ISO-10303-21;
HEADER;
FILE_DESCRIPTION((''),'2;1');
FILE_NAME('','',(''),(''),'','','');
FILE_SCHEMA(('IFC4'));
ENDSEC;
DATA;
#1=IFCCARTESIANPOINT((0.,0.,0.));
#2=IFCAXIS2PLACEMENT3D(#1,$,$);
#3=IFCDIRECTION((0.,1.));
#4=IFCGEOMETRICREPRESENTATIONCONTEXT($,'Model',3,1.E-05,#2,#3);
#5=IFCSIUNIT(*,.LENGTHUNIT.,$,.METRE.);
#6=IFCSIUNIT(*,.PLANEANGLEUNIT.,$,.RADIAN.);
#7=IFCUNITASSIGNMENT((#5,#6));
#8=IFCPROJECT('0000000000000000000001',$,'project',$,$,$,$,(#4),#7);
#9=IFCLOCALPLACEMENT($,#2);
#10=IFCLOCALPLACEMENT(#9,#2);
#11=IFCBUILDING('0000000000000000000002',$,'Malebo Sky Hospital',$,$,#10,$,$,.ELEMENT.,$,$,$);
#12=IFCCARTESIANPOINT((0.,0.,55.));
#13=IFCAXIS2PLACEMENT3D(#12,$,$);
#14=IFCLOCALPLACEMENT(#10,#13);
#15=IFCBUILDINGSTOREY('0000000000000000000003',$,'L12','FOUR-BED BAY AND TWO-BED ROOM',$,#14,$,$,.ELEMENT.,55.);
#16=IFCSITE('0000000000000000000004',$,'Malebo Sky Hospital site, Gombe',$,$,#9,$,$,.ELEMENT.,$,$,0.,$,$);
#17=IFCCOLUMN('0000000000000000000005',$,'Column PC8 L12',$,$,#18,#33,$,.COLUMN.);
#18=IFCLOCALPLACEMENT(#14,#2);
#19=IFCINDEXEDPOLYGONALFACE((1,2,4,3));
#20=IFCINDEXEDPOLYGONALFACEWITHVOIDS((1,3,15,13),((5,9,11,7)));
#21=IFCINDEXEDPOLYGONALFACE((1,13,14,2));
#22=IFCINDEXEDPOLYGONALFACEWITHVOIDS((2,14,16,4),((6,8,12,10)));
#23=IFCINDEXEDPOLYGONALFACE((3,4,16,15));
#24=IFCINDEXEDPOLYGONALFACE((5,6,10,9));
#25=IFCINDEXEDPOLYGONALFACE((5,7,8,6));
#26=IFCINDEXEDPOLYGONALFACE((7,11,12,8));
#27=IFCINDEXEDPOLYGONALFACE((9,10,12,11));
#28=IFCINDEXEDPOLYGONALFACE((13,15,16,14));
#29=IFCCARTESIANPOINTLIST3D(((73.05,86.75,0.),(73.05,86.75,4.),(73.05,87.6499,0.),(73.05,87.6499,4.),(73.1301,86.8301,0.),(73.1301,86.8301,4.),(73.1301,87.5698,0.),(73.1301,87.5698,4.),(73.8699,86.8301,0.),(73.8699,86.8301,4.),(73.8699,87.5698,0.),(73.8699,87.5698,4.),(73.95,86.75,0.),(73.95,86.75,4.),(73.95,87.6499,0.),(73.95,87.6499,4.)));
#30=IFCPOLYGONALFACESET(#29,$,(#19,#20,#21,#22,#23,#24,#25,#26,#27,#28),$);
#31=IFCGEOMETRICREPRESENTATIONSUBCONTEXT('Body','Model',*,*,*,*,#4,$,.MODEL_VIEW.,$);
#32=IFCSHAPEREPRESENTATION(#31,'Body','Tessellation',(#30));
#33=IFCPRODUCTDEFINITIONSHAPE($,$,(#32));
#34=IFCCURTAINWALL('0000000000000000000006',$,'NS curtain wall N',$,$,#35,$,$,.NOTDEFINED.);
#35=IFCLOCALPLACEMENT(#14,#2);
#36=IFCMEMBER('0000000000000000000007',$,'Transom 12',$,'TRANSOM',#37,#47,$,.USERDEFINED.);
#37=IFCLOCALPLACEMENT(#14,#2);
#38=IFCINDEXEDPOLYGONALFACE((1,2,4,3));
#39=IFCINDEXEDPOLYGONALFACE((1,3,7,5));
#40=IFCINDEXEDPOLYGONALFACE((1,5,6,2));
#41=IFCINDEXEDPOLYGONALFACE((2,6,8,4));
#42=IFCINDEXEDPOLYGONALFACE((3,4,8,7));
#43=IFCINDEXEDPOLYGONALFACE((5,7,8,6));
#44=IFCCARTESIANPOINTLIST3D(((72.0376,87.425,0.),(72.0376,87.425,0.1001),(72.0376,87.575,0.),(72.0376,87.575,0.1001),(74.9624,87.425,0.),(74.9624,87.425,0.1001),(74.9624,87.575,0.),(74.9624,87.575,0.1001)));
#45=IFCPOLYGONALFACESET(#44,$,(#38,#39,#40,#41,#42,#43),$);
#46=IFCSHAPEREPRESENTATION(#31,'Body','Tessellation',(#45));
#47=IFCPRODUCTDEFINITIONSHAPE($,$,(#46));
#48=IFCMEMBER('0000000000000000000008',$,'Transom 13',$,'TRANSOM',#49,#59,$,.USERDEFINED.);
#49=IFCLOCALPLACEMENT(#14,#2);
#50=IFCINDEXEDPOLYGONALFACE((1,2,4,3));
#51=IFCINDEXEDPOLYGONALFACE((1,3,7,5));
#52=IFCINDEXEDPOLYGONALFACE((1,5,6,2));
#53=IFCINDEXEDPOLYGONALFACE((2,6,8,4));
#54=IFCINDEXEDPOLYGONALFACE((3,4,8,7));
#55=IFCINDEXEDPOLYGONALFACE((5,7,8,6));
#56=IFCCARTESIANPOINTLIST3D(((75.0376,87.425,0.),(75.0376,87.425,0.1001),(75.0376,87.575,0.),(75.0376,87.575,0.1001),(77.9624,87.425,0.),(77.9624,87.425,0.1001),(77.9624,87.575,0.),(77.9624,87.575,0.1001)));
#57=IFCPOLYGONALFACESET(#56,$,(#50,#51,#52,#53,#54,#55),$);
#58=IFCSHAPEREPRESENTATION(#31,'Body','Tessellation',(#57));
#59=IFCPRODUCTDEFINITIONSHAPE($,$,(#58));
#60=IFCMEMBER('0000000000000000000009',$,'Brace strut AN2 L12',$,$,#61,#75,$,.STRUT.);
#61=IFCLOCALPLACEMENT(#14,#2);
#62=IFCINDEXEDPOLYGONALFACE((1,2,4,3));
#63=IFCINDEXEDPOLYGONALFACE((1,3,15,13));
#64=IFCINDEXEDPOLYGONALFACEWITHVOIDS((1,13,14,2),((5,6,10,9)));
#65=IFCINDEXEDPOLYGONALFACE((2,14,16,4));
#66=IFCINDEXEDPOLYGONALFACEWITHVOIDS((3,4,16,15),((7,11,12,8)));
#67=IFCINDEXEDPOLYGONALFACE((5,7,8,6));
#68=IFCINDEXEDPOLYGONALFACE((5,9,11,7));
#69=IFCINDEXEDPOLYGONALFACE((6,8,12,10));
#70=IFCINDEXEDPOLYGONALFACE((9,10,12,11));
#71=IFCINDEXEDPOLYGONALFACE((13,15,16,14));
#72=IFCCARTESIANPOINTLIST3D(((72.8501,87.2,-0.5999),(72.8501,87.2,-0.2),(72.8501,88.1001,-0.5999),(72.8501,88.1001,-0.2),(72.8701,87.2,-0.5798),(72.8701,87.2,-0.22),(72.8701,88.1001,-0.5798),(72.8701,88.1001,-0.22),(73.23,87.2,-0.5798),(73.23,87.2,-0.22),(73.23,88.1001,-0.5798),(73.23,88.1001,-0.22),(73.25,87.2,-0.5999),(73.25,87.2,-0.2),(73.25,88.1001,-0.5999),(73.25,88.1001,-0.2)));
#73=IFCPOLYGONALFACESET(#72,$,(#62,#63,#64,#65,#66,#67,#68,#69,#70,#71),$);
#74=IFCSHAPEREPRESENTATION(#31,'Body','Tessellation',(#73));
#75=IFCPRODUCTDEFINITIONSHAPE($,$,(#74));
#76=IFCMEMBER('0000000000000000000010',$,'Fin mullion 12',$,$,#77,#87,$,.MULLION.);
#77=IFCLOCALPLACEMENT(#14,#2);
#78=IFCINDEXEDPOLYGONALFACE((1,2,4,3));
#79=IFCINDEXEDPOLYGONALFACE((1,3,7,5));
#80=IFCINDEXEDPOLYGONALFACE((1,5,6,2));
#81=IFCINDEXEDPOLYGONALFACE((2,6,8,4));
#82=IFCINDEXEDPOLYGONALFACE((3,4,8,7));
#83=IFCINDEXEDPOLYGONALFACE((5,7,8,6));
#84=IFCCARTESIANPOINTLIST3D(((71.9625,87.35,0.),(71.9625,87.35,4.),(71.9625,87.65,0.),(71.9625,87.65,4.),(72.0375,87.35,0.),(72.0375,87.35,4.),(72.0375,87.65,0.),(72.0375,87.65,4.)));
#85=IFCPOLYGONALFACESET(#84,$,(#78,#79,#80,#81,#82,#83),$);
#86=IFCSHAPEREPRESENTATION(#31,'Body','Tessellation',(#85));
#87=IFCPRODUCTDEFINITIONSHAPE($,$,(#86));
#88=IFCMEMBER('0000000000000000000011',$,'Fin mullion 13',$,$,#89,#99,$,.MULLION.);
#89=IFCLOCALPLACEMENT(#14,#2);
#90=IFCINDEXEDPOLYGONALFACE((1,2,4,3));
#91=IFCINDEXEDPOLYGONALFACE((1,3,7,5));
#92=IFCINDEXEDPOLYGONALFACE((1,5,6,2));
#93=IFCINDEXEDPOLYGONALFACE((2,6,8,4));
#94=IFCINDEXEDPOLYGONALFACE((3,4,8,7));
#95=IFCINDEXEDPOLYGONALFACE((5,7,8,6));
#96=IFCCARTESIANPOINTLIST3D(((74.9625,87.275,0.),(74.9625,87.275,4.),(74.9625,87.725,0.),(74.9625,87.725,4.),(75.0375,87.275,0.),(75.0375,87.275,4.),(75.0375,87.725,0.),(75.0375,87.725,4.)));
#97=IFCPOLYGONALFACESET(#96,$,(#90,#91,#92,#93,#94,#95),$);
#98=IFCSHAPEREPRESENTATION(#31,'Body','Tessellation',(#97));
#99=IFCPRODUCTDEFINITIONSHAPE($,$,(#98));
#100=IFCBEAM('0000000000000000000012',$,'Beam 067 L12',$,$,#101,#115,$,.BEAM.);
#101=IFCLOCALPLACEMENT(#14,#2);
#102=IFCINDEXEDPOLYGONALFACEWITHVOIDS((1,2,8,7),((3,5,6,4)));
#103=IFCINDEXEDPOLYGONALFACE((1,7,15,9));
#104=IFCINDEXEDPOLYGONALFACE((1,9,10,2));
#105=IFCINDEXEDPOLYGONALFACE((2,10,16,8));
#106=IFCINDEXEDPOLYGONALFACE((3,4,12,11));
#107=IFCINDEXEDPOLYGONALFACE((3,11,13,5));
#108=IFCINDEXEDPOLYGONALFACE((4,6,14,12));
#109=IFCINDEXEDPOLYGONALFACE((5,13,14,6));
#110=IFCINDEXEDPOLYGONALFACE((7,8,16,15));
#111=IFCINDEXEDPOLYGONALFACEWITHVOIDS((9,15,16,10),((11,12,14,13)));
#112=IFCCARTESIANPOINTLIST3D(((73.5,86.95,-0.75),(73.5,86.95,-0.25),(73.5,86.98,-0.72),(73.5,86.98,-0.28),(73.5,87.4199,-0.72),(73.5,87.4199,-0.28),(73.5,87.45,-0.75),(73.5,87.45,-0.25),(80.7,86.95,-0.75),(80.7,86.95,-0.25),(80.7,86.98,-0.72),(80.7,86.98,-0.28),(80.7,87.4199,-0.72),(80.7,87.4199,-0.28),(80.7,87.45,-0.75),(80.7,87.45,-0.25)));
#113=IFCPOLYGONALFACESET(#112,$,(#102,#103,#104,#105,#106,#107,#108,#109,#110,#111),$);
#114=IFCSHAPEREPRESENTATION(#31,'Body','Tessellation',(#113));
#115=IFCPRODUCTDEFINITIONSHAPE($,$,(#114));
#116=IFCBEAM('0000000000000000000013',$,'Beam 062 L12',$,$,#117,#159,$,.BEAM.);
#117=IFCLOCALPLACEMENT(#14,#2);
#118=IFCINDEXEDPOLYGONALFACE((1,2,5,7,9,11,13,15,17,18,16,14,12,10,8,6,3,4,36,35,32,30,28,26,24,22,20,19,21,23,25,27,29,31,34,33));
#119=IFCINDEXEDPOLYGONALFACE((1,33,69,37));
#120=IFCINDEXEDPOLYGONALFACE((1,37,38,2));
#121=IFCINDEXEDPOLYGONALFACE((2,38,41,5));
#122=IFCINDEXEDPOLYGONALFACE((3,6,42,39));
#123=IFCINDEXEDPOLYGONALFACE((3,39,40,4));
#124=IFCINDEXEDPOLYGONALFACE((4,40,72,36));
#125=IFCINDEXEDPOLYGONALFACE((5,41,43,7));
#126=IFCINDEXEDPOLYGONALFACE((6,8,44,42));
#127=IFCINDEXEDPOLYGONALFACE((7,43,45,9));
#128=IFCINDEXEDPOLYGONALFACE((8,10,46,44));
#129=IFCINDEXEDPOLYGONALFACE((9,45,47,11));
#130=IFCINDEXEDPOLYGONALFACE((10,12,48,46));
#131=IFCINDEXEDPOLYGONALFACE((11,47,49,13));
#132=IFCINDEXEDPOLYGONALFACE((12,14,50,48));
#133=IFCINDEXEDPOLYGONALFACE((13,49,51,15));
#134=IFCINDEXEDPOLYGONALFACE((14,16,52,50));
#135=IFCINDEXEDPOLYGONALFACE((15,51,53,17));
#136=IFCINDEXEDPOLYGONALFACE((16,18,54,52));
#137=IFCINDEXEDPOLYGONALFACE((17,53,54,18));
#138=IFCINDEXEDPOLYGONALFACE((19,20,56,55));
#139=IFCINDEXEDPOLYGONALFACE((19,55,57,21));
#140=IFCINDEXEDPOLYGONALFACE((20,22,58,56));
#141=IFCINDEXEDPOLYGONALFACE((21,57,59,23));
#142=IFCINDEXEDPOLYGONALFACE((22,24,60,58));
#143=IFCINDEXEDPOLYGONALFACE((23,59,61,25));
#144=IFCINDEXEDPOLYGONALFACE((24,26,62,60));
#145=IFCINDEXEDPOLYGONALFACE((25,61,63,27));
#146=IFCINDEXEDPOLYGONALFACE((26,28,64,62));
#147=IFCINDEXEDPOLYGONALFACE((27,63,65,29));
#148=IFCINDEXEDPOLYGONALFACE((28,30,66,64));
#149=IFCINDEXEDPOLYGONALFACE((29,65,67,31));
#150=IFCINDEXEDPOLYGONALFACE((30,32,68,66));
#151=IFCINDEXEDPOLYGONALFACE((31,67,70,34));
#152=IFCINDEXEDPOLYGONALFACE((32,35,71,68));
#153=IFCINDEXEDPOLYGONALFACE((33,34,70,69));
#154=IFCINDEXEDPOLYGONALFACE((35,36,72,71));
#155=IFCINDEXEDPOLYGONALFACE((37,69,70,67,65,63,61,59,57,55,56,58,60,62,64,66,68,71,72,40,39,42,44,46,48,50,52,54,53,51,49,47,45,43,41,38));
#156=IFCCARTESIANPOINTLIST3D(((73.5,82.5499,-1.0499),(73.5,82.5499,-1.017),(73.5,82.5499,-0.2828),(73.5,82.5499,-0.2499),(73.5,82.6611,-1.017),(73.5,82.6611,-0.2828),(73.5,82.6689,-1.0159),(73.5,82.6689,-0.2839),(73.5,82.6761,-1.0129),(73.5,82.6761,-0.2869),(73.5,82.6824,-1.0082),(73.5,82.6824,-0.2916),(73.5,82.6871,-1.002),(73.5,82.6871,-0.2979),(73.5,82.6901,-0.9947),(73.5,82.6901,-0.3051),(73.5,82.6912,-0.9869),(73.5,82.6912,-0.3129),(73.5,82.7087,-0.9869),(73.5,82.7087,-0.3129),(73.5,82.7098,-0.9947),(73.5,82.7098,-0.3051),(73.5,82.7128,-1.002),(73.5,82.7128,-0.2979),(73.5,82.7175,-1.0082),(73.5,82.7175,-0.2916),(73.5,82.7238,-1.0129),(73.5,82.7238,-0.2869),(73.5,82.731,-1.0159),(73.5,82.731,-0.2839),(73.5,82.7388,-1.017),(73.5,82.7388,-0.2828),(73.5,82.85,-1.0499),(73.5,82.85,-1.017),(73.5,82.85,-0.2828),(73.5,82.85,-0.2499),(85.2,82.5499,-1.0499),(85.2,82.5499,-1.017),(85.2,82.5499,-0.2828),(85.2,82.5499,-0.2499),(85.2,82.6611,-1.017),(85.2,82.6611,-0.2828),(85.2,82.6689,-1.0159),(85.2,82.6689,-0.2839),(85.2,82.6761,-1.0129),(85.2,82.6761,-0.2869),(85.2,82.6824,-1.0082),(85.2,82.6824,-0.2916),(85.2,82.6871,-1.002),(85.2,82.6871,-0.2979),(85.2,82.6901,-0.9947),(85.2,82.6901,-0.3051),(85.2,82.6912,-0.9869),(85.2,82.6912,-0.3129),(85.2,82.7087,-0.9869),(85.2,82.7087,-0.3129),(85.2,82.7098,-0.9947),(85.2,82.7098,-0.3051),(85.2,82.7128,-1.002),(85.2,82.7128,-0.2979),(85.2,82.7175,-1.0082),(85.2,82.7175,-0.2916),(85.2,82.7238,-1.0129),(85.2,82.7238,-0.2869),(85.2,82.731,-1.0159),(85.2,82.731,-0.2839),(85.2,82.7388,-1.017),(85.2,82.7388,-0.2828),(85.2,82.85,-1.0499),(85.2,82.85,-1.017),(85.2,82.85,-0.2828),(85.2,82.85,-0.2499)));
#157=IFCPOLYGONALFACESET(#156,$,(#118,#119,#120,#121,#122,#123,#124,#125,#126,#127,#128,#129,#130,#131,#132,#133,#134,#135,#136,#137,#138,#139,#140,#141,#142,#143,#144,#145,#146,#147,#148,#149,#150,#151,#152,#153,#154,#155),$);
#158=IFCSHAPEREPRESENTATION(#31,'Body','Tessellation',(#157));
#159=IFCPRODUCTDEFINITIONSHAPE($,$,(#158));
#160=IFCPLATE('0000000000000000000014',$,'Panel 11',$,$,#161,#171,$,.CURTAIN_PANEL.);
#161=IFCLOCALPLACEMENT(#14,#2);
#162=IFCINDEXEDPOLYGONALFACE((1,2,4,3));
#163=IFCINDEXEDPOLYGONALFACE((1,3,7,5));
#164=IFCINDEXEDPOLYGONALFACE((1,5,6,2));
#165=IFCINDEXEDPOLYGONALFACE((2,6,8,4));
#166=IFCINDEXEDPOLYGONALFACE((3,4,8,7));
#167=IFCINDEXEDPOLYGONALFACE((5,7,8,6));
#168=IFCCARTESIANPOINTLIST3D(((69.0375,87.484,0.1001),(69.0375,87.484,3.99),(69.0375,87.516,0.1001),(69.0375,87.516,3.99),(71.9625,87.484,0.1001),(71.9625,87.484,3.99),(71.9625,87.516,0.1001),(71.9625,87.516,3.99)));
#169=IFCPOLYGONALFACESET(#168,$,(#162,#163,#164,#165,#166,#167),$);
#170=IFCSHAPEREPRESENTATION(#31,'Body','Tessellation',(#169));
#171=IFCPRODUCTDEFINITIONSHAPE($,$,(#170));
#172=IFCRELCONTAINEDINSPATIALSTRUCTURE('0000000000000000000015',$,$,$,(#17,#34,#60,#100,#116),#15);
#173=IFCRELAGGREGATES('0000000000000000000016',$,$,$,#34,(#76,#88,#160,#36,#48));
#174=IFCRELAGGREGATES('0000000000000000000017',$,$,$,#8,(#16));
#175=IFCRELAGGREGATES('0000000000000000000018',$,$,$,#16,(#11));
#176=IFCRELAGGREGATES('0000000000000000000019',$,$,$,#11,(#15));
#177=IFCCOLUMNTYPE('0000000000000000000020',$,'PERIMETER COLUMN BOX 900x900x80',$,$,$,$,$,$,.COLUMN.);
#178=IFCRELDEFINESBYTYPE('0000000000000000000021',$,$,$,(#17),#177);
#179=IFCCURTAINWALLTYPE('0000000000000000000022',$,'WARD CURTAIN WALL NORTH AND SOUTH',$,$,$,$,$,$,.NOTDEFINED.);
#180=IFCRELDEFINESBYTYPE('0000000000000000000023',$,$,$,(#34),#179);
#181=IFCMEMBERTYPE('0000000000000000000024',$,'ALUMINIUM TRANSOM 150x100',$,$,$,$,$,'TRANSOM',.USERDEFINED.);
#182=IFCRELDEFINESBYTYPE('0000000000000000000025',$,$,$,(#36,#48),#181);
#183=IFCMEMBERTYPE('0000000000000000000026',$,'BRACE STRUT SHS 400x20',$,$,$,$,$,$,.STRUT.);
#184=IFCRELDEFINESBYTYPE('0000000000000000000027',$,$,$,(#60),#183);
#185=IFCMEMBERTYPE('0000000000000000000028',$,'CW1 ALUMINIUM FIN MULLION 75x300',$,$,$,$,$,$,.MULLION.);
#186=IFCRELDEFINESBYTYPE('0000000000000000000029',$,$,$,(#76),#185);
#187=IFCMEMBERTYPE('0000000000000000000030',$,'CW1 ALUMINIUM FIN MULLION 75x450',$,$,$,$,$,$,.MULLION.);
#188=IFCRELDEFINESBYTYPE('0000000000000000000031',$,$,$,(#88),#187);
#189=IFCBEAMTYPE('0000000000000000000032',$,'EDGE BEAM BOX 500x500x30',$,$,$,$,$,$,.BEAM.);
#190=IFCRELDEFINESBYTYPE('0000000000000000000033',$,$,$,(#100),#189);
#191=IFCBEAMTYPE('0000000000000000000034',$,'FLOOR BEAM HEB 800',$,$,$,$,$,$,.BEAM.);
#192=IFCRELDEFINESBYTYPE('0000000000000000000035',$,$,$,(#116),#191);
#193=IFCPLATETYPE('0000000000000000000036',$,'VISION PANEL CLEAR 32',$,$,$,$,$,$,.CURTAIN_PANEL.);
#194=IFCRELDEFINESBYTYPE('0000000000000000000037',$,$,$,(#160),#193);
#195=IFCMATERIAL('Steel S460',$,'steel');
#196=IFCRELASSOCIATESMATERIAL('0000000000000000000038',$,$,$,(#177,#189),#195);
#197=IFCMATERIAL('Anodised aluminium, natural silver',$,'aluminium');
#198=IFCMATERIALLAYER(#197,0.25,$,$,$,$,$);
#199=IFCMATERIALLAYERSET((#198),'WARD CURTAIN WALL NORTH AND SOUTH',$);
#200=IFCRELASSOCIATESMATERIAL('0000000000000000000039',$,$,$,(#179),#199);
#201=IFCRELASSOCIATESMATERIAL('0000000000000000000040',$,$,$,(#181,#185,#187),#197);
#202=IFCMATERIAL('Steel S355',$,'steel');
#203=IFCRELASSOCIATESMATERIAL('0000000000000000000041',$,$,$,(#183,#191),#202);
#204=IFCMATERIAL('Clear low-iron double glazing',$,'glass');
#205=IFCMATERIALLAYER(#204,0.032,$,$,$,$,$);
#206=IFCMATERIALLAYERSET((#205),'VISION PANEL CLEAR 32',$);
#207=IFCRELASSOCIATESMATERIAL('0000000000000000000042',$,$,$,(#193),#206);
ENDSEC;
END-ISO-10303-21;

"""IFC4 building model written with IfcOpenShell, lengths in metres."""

from ifc_helpers import new_model, si_unit, direction, frame, origin, origin_2d, place, context, subcontext, project, spatial, rectangle, hollow_rectangle, i_section, extrude, material, layer, layer_set, material_profile, profile_set, type_object, element, aggregate, save


model = new_model("IFC4")

# Units and contexts
model_context = context("Model", 3, precision=1e-05, world=origin(), true_north=direction((0.0, 1.0)))
body_context = subcontext(model_context, "Body", "Model", "MODEL_VIEW")
ifc_project = project(units=[si_unit("LENGTHUNIT", "METRE"), si_unit("PLANEANGLEUNIT", "RADIAN")], contexts=[model_context])

# Site, building, storey
site_placement = place(None, origin())
site = spatial("IfcSite", under=ifc_project, at=site_placement, Name="Malebo Sky Hospital site, Gombe", CompositionType="ELEMENT", RefElevation=0.0)
building_placement = place(site_placement, origin())
building = spatial("IfcBuilding", under=site, at=building_placement, Name="Malebo Sky Hospital", CompositionType="ELEMENT")
storey_placement = place(building_placement, frame((0.0, 0.0, 55.0)))
storey = spatial("IfcBuildingStorey", under=building, at=storey_placement, Name="L12", Description="FOUR-BED BAY AND TWO-BED ROOM", CompositionType="ELEMENT", Elevation=55.0)

# Column
ifc_material_1 = material(Name="Steel S460", Category="steel")
ifc_material_profile_1 = material_profile(ifc_material_1, hollow_rectangle(XDim=0.8999, YDim=0.8999, WallThickness=0.0801, at=origin_2d()), Name="BOX 900x900x80")
ifc_profile_set_1 = profile_set([ifc_material_profile_1], Name="Steel S460")
column_type = type_object("IfcColumnType", Name="PERIMETER COLUMN BOX 900x900x80", PredefinedType="COLUMN", material=ifc_profile_set_1)
column_placement = place(storey_placement, frame((73.5, 87.2, 0.0), z_axis=(0.0, 0.0, 1.0), x_axis=(1.0, 0.0, 0.0)))
element("IfcColumn", 1, at=column_placement, inside=storey, type_object=column_type, Name="Column PC8 L12", PredefinedType="COLUMN", context=body_context, shape_type="SweptSolid", body=[
    extrude(hollow_rectangle(XDim=0.8999, YDim=0.8999, WallThickness=0.0801, at=origin_2d()), origin(), (0.0, 0.0, 1.0), 4.0),
])

# Curtain wall, members
ifc_material_2 = material(Name="Anodised aluminium, natural silver", Category="aluminium")
ifc_layer_1 = layer(ifc_material_2, 0.25)
ifc_layer_set_1 = layer_set([ifc_layer_1], Name="WARD CURTAIN WALL NORTH AND SOUTH")
curtain_wall_type = type_object("IfcCurtainWallType", Name="WARD CURTAIN WALL NORTH AND SOUTH", PredefinedType="NOTDEFINED", material=ifc_layer_set_1)
curtain_wall_placement = place(storey_placement, origin())
curtain_wall = element("IfcCurtainWall", 2, at=curtain_wall_placement, inside=storey, type_object=curtain_wall_type, Name="NS curtain wall N", PredefinedType="NOTDEFINED")
ifc_material_profile_2 = material_profile(ifc_material_2, rectangle(XDim=0.1499, YDim=0.1001, at=origin_2d()), Name="ALUMINIUM TRANSOM 150x100")
ifc_profile_set_2 = profile_set([ifc_material_profile_2], Name="Anodised aluminium, natural silver")
member_type_1 = type_object("IfcMemberType", Name="ALUMINIUM TRANSOM 150x100", ElementType="TRANSOM", PredefinedType="USERDEFINED", material=ifc_profile_set_2)
member_1_placement = place(storey_placement, frame((72.0376, 87.5, 0.05), z_axis=(1.0, 0.0, 0.0), x_axis=(0.0, 1.0, 0.0)))
member_1 = element("IfcMember", 3, at=member_1_placement, type_object=member_type_1, Name="Transom 12", ObjectType="TRANSOM", PredefinedType="USERDEFINED", context=body_context, shape_type="SweptSolid", body=[
    extrude(rectangle(XDim=0.1499, YDim=0.1001, at=origin_2d()), origin(), (0.0, 0.0, 1.0), 2.9248),
])
member_2_placement = place(storey_placement, frame((75.0376, 87.5, 0.05), z_axis=(1.0, 0.0, 0.0), x_axis=(0.0, 1.0, 0.0)))
member_2 = element("IfcMember", 4, at=member_2_placement, type_object=member_type_1, Name="Transom 13", ObjectType="TRANSOM", PredefinedType="USERDEFINED", context=body_context, shape_type="SweptSolid", body=[
    extrude(rectangle(XDim=0.1499, YDim=0.1001, at=origin_2d()), origin(), (0.0, 0.0, 1.0), 2.9248),
])

# Members
ifc_material_3 = material(Name="Steel S355", Category="steel")
ifc_material_profile_3 = material_profile(ifc_material_3, hollow_rectangle(XDim=0.3999, YDim=0.3999, WallThickness=0.02, at=origin_2d()), Name="SHS 400x20")
ifc_profile_set_3 = profile_set([ifc_material_profile_3], Name="Steel S355")
member_type_2 = type_object("IfcMemberType", Name="BRACE STRUT SHS 400x20", PredefinedType="STRUT", material=ifc_profile_set_3)
member_3_placement = place(storey_placement, frame((73.05, 88.1001, -0.3999), z_axis=(0.0, -1.0, 0.0), x_axis=(1.0, 0.0, 0.0)))
element("IfcMember", 5, at=member_3_placement, inside=storey, type_object=member_type_2, Name="Brace strut AN2 L12", PredefinedType="STRUT", context=body_context, shape_type="SweptSolid", body=[
    extrude(hollow_rectangle(XDim=0.3999, YDim=0.3999, WallThickness=0.02, at=origin_2d()), origin(), (0.0, 0.0, 1.0), 0.9001),
])
ifc_material_profile_4 = material_profile(ifc_material_2, rectangle(XDim=0.075, YDim=0.3, at=origin_2d()), Name="CW1 ALUMINIUM FIN MULLION 75x300")
ifc_profile_set_4 = profile_set([ifc_material_profile_4], Name="Anodised aluminium, natural silver")
member_type_3 = type_object("IfcMemberType", Name="CW1 ALUMINIUM FIN MULLION 75x300", PredefinedType="MULLION", material=ifc_profile_set_4)
member_4_placement = place(storey_placement, frame((72.0, 87.5, 0.0), z_axis=(0.0, 0.0, 1.0), x_axis=(1.0, 0.0, 0.0)))
member_4 = element("IfcMember", 6, at=member_4_placement, type_object=member_type_3, Name="Fin mullion 12", PredefinedType="MULLION", context=body_context, shape_type="SweptSolid", body=[
    extrude(rectangle(XDim=0.075, YDim=0.3, at=origin_2d()), origin(), (0.0, 0.0, 1.0), 4.0),
])
ifc_material_profile_5 = material_profile(ifc_material_2, rectangle(XDim=0.075, YDim=0.45, at=origin_2d()), Name="CW1 ALUMINIUM FIN MULLION 75x450")
ifc_profile_set_5 = profile_set([ifc_material_profile_5], Name="Anodised aluminium, natural silver")
member_type_4 = type_object("IfcMemberType", Name="CW1 ALUMINIUM FIN MULLION 75x450", PredefinedType="MULLION", material=ifc_profile_set_5)
member_5_placement = place(storey_placement, frame((75.0, 87.5, 0.0), z_axis=(0.0, 0.0, 1.0), x_axis=(1.0, 0.0, 0.0)))
member_5 = element("IfcMember", 7, at=member_5_placement, type_object=member_type_4, Name="Fin mullion 13", PredefinedType="MULLION", context=body_context, shape_type="SweptSolid", body=[
    extrude(rectangle(XDim=0.075, YDim=0.45, at=origin_2d()), origin(), (0.0, 0.0, 1.0), 4.0),
])

# Beams
ifc_material_profile_6 = material_profile(ifc_material_1, hollow_rectangle(XDim=0.5, YDim=0.5, WallThickness=0.03, at=origin_2d()), Name="BOX 500x500x30")
ifc_profile_set_6 = profile_set([ifc_material_profile_6], Name="Steel S460")
beam_type_1 = type_object("IfcBeamType", Name="EDGE BEAM BOX 500x500x30", PredefinedType="BEAM", material=ifc_profile_set_6)
beam_1_placement = place(storey_placement, frame((73.5, 87.2, -0.5), z_axis=(1.0, 0.0, 0.0), x_axis=(0.0, 1.0, 0.0)))
element("IfcBeam", 8, at=beam_1_placement, inside=storey, type_object=beam_type_1, Name="Beam 067 L12", PredefinedType="BEAM", context=body_context, shape_type="SweptSolid", body=[
    extrude(hollow_rectangle(XDim=0.5, YDim=0.5, WallThickness=0.03, at=origin_2d()), origin(), (0.0, 0.0, 1.0), 7.2),
])
ifc_material_profile_7 = material_profile(ifc_material_3, i_section(OverallWidth=0.3, OverallDepth=0.8, WebThickness=0.0176, FlangeThickness=0.033, FilletRadius=0.03, at=origin_2d()), Name="HEB 800")
ifc_profile_set_7 = profile_set([ifc_material_profile_7], Name="Steel S355")
beam_type_2 = type_object("IfcBeamType", Name="FLOOR BEAM HEB 800", PredefinedType="BEAM", material=ifc_profile_set_7)
beam_2_placement = place(storey_placement, frame((73.5, 82.7, -0.6499), z_axis=(1.0, 0.0, 0.0), x_axis=(0.0, 1.0, 0.0)))
element("IfcBeam", 9, at=beam_2_placement, inside=storey, type_object=beam_type_2, Name="Beam 062 L12", PredefinedType="BEAM", context=body_context, shape_type="SweptSolid", body=[
    extrude(i_section(OverallWidth=0.3, OverallDepth=0.8, WebThickness=0.0176, FlangeThickness=0.033, FilletRadius=0.03, at=origin_2d()), origin(), (0.0, 0.0, 1.0), 11.7),
])

# Plate
ifc_material_4 = material(Name="Clear low-iron double glazing", Category="glass")
ifc_layer_2 = layer(ifc_material_4, 0.032)
ifc_layer_set_2 = layer_set([ifc_layer_2], Name="VISION PANEL CLEAR 32")
plate_type = type_object("IfcPlateType", Name="VISION PANEL CLEAR 32", PredefinedType="CURTAIN_PANEL", material=ifc_layer_set_2)
plate_1_placement = place(storey_placement, frame((70.5, 87.5, 0.1001), z_axis=(0.0, 0.0, 1.0), x_axis=(1.0, 0.0, 0.0)))
plate_1 = element("IfcPlate", 10, at=plate_1_placement, type_object=plate_type, Name="Panel 11", PredefinedType="CURTAIN_PANEL", context=body_context, shape_type="SweptSolid", body=[
    extrude(rectangle(XDim=2.925, YDim=0.032, at=origin_2d()), origin(), (0.0, 0.0, 1.0), 3.8899),
])
aggregate(curtain_wall, [member_4, member_5, plate_1, member_1, member_2])

save(model, "model.ifc")
